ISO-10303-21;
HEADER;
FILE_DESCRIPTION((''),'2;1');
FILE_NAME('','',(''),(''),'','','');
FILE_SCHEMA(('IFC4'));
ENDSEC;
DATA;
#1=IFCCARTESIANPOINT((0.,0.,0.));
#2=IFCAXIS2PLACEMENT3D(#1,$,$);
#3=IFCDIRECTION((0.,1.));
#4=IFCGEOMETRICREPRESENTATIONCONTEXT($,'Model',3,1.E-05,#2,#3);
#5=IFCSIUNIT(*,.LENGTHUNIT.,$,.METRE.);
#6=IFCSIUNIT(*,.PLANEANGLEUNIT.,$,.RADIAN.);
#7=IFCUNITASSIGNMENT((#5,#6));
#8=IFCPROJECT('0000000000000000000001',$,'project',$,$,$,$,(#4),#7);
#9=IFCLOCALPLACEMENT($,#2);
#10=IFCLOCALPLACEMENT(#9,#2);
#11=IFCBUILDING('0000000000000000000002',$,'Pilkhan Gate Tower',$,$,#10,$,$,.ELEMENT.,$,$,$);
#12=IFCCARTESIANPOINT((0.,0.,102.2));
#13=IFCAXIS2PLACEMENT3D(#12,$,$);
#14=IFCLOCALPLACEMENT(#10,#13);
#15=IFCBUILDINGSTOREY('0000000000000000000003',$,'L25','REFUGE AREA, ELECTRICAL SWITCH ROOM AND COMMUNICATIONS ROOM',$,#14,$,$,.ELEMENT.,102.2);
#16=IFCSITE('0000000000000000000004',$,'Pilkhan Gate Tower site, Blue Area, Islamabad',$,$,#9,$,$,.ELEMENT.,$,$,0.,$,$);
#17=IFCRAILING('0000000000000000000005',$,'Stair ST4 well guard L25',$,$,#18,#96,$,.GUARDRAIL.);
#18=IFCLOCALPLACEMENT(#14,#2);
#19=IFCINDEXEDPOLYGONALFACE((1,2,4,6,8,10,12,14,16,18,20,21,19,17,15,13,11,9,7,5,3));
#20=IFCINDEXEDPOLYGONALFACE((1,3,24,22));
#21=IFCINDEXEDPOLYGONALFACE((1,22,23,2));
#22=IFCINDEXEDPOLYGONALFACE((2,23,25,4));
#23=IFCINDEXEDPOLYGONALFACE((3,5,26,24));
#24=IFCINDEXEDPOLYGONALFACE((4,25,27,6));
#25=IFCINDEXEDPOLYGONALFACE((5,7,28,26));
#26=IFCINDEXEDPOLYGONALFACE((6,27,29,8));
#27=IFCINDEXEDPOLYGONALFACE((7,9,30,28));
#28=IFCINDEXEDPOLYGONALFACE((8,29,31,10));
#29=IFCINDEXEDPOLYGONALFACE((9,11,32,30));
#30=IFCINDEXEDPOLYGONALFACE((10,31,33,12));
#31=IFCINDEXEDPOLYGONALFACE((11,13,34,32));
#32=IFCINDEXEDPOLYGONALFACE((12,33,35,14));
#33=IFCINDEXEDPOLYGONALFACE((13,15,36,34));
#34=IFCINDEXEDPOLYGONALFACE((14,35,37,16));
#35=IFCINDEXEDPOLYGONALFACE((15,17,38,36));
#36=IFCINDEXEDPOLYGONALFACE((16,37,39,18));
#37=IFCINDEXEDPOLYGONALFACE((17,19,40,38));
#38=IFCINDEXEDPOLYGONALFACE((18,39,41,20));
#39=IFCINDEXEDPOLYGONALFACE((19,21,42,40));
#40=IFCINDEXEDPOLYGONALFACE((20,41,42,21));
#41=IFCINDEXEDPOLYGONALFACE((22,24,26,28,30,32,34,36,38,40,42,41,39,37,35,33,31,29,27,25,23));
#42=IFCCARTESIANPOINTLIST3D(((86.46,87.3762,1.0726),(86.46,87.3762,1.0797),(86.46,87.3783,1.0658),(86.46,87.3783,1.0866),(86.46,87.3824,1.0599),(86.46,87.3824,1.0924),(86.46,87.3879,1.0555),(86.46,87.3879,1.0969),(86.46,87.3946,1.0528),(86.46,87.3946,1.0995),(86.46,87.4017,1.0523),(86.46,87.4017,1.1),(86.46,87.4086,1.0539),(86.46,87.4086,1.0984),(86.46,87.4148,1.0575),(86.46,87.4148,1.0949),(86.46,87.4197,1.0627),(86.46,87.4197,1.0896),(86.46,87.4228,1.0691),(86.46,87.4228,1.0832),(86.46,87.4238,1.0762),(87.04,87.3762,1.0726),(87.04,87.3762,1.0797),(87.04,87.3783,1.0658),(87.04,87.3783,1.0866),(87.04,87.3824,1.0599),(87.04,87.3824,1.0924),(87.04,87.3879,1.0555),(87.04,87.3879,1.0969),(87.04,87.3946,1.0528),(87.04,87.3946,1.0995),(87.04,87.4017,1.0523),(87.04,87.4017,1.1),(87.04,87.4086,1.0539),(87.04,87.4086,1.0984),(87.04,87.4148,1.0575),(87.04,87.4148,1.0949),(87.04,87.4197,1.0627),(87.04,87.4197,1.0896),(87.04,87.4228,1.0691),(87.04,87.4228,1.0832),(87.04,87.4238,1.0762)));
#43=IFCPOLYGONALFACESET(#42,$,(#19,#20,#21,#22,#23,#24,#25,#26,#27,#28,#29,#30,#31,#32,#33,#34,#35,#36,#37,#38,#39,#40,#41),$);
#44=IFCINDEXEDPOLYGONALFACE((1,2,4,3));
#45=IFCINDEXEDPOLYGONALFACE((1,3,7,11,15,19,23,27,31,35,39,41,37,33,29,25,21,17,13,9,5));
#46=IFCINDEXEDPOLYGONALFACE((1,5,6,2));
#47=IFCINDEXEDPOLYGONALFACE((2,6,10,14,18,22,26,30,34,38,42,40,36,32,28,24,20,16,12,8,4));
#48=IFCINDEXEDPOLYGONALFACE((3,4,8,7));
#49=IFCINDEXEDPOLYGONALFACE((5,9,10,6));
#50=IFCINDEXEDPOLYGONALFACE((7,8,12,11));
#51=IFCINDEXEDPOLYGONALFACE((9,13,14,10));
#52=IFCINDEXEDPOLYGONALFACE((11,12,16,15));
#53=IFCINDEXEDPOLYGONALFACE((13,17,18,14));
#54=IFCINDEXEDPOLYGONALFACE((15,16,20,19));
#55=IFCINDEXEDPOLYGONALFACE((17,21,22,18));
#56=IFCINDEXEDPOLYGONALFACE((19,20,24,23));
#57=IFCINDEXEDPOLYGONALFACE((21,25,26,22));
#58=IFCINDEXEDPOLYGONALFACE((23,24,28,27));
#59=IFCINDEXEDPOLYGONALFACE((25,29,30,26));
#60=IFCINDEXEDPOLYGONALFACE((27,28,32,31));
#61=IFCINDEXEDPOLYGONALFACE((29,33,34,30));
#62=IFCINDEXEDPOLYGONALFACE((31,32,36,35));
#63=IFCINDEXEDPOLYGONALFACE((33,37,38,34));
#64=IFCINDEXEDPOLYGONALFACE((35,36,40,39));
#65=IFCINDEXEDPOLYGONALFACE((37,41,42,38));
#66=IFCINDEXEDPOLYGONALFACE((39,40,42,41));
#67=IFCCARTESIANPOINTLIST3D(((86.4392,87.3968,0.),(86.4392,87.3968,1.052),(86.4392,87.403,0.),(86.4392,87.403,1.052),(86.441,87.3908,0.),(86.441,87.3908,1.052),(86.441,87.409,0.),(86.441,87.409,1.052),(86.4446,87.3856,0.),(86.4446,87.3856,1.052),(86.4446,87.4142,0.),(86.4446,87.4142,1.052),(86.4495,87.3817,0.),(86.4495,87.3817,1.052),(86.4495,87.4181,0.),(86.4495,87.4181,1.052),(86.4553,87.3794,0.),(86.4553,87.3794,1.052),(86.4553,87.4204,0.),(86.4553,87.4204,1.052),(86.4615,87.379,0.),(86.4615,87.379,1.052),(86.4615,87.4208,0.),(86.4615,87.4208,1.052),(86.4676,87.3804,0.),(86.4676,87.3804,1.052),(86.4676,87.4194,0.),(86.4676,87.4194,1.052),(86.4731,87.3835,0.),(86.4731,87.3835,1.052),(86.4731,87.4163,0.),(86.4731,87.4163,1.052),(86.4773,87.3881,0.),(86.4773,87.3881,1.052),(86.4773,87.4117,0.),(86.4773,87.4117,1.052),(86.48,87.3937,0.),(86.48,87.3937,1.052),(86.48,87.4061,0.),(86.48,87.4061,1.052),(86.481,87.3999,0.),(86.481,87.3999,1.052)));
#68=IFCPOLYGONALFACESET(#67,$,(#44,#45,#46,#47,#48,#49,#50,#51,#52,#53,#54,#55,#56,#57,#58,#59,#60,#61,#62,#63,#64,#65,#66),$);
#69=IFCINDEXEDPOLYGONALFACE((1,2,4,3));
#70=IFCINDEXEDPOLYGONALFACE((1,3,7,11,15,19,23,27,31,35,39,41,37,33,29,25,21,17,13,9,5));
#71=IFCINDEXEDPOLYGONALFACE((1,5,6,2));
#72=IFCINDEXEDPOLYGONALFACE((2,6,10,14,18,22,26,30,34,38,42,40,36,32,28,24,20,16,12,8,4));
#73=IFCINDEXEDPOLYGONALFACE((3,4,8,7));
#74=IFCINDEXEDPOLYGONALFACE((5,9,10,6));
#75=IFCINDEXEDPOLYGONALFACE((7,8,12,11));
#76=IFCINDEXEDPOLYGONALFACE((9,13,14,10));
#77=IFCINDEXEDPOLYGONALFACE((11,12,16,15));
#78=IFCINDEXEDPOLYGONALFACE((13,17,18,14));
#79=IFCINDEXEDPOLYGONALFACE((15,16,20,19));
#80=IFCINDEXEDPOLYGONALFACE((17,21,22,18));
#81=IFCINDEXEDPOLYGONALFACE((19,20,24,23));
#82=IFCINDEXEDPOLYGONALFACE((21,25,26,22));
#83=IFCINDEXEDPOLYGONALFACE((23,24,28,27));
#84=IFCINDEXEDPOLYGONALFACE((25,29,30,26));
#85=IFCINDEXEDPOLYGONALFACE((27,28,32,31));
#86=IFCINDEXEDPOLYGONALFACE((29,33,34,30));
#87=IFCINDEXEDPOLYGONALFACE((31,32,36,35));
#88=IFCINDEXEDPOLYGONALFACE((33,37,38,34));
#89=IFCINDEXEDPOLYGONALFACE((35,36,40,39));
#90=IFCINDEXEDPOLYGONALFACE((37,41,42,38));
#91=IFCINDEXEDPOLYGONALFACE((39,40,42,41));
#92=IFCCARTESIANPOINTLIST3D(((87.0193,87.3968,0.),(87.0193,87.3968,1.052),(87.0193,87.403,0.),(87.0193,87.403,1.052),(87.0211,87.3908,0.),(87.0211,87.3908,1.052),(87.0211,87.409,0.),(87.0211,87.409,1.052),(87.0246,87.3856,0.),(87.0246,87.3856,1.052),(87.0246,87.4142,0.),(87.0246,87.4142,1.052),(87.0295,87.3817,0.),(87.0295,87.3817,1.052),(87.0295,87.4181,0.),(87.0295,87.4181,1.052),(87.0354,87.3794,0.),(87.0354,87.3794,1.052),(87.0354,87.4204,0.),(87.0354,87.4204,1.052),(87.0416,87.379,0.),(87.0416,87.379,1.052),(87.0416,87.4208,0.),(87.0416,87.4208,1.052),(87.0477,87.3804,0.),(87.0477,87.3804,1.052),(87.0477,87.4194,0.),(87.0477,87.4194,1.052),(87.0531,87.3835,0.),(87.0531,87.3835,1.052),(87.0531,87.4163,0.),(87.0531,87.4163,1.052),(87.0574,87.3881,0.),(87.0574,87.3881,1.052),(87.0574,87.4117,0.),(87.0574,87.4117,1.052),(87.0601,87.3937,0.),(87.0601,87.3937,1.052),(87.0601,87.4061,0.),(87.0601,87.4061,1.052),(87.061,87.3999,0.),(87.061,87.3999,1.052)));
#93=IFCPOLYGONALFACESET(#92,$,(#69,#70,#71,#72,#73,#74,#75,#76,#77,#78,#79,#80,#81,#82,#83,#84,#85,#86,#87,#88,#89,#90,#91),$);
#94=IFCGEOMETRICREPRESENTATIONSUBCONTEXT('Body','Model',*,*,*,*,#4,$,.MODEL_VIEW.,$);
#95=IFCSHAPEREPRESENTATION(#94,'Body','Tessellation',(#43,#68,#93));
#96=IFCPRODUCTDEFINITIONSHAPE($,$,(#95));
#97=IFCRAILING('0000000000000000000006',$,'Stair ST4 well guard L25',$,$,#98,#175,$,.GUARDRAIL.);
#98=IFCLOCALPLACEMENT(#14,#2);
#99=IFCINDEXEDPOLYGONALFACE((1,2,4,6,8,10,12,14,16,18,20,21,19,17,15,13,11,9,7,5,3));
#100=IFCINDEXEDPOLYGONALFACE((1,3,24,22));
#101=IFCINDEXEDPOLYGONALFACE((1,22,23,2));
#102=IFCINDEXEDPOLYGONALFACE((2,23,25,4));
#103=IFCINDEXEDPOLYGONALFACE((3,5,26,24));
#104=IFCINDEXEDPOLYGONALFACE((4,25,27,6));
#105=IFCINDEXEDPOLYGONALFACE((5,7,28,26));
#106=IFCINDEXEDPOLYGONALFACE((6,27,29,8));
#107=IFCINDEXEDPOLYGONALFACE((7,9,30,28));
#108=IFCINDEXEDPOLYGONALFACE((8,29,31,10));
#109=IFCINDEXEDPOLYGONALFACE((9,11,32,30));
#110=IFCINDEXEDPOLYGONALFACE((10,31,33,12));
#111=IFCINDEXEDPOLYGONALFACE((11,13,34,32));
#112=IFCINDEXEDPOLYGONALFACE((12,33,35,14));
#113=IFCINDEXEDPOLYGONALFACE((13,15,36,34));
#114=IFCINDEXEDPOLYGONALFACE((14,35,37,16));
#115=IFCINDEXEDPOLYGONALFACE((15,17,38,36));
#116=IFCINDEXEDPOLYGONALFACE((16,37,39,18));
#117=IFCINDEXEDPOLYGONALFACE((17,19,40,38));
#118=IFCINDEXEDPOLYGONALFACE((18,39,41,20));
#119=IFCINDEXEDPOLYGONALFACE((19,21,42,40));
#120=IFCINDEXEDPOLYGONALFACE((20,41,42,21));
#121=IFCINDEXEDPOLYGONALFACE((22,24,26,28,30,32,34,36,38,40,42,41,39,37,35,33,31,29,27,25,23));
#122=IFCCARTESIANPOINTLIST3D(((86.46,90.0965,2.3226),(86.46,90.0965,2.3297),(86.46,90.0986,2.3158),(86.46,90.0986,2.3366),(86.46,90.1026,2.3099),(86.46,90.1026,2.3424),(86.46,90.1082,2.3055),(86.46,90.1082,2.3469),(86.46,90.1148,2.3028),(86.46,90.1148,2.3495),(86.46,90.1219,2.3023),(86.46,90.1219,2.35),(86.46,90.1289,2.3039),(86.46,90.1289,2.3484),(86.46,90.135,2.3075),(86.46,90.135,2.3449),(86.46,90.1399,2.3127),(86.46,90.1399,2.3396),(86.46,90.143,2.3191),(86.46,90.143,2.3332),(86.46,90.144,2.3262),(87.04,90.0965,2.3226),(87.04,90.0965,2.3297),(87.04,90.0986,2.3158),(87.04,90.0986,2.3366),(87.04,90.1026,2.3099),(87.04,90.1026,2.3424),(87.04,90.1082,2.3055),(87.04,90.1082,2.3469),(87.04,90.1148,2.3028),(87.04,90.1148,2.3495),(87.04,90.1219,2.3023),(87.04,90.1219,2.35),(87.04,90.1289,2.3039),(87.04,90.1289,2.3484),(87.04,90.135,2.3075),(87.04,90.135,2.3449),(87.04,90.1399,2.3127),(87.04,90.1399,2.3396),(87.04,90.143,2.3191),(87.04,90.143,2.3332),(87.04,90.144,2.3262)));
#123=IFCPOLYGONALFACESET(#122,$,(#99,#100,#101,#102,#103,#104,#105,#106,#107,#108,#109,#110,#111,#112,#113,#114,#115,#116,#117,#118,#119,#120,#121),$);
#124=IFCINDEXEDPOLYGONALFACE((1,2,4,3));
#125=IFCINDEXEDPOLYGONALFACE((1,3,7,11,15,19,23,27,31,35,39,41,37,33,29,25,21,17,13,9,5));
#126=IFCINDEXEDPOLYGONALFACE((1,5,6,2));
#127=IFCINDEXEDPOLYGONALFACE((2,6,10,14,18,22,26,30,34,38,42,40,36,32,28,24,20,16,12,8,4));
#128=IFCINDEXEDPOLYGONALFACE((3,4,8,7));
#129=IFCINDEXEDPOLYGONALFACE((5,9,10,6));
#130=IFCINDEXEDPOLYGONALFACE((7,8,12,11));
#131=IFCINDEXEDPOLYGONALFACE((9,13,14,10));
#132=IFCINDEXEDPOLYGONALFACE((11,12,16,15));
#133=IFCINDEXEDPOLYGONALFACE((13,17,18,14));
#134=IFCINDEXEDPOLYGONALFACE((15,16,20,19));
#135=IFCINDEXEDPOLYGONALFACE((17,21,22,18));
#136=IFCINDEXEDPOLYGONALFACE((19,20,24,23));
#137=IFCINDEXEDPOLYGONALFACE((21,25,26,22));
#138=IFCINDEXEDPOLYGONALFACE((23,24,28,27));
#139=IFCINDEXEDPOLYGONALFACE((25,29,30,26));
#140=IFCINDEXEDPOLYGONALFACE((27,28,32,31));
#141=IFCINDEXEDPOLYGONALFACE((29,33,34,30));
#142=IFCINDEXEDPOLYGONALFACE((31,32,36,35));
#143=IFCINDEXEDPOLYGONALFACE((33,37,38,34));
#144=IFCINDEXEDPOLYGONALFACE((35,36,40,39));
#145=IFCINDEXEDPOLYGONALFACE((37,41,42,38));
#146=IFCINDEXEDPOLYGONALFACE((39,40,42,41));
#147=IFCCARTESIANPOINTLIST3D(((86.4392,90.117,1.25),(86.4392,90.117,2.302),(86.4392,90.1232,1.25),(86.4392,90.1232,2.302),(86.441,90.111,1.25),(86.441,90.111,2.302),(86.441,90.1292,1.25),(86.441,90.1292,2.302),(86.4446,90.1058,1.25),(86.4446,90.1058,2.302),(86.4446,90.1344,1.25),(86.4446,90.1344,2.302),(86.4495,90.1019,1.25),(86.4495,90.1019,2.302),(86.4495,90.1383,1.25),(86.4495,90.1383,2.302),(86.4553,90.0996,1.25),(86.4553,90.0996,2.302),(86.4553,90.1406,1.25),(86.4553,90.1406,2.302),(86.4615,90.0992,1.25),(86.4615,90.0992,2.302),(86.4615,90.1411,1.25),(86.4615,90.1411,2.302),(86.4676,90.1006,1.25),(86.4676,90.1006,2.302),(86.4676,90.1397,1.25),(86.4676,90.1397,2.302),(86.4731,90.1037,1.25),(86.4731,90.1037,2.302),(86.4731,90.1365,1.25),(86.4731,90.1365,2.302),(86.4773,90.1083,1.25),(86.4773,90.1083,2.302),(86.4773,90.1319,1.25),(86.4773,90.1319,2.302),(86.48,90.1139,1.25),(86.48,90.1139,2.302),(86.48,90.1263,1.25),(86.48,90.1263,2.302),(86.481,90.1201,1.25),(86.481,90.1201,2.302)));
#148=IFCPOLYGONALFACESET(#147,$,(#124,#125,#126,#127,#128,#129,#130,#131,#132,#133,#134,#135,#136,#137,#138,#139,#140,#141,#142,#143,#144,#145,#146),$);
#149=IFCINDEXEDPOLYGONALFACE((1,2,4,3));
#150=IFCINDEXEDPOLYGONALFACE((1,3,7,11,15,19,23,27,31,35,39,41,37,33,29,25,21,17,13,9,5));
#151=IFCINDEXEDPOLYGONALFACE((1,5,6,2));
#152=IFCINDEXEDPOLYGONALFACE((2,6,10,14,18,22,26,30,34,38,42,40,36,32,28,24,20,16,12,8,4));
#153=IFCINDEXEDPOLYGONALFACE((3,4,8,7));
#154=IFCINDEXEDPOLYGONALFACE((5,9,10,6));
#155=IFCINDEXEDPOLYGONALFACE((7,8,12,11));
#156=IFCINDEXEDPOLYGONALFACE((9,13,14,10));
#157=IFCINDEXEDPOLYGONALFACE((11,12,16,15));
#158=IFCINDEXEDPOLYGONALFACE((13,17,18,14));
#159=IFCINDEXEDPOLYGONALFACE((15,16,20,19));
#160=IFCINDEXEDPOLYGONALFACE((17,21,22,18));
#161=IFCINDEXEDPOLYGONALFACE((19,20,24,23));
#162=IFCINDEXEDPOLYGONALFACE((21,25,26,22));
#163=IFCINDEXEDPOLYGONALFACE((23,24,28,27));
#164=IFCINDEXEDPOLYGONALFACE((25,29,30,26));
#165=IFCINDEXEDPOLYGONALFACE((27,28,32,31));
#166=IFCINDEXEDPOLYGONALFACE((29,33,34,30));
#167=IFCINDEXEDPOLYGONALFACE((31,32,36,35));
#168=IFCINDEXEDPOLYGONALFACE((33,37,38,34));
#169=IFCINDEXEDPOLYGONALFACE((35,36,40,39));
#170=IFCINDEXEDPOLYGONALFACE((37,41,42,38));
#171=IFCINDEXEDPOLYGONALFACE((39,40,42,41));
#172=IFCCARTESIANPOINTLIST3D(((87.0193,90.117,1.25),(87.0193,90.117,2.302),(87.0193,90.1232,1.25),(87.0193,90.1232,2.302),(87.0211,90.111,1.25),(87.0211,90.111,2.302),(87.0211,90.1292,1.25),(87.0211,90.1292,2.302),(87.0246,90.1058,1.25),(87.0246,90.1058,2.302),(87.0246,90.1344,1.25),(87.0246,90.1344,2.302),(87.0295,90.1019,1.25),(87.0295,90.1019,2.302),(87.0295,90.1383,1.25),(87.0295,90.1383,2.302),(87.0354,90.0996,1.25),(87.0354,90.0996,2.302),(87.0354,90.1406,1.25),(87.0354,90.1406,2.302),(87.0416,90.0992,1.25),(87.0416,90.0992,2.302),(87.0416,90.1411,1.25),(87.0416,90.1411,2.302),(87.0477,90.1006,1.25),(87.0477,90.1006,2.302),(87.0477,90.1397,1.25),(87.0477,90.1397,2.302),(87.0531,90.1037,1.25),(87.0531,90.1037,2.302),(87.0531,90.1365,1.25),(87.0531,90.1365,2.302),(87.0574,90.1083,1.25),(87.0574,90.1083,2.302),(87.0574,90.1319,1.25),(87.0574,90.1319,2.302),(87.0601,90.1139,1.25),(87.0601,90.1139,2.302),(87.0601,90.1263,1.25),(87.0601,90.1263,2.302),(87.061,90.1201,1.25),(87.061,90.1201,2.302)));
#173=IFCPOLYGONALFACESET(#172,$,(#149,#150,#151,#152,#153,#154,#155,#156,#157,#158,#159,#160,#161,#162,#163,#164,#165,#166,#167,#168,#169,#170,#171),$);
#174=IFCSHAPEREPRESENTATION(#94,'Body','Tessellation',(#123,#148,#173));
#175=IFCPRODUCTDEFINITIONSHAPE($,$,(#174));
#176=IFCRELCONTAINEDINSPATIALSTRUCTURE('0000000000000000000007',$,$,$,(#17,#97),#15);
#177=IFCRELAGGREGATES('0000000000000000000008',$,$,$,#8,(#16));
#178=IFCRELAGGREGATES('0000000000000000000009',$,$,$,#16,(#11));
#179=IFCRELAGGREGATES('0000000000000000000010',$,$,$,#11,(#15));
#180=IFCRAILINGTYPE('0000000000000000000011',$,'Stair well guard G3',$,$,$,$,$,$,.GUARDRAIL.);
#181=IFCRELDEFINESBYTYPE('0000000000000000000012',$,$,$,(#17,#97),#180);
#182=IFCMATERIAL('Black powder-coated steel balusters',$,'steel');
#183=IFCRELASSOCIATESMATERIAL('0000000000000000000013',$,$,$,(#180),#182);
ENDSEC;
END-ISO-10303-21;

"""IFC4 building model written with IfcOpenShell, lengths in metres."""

from ifc_helpers import new_model, si_unit, direction, frame, origin, origin_2d, place, context, subcontext, project, spatial, circle, extrude, material, type_object, element, save


model = new_model("IFC4")

# Units and contexts
model_context = context("Model", 3, precision=1e-05, world=origin(), true_north=direction((0.0, 1.0)))
body_context = subcontext(model_context, "Body", "Model", "MODEL_VIEW")
ifc_project = project(units=[si_unit("LENGTHUNIT", "METRE"), si_unit("PLANEANGLEUNIT", "RADIAN")], contexts=[model_context])

# Site, building, storey
site_placement = place(None, origin())
site = spatial("IfcSite", under=ifc_project, at=site_placement, Name="Pilkhan Gate Tower site, Blue Area, Islamabad", CompositionType="ELEMENT", RefElevation=0.0)
building_placement = place(site_placement, origin())
building = spatial("IfcBuilding", under=site, at=building_placement, Name="Pilkhan Gate Tower", CompositionType="ELEMENT")
storey_placement = place(building_placement, frame((0.0, 0.0, 102.2)))
storey = spatial("IfcBuildingStorey", under=building, at=storey_placement, Name="L25", Description="REFUGE AREA, ELECTRICAL SWITCH ROOM AND COMMUNICATIONS ROOM", CompositionType="ELEMENT", Elevation=102.2)

# Railings
ifc_material_1 = material(Name="Black powder-coated steel balusters", Category="steel")
railing_type_1 = type_object("IfcRailingType", Name="Stair well guard G3", PredefinedType="GUARDRAIL", material=ifc_material_1)
for number, where, name in (
    (1, (86.46, 87.3999, 0.0), "Stair ST4 well guard L25"),
    (2, (86.46, 90.1201, 1.25), "Stair ST4 well guard L25"),
):
    element("IfcRailing", number, at=place(storey_placement, frame(where)), inside=storey, type_object=railing_type_1, Name=name, PredefinedType="GUARDRAIL", context=body_context, shape_type="SweptSolid", body=[
        extrude(circle(Radius=0.0239, at=origin_2d()), frame((0.0, 0.0, 1.0762), z_axis=(1.0, 0.0, 0.0), x_axis=(0.0, 1.0, 0.0)), (0.0, 0.0, 1.0), 0.5801),
        extrude(circle(Radius=0.021, at=origin_2d()), origin(), (0.0, 0.0, 1.0), 1.052),
        extrude(circle(Radius=0.021, at=origin_2d()), frame((0.5801, 0.0, 0.0)), (0.0, 0.0, 1.0), 1.052),
    ])

save(model, "model.ifc")
